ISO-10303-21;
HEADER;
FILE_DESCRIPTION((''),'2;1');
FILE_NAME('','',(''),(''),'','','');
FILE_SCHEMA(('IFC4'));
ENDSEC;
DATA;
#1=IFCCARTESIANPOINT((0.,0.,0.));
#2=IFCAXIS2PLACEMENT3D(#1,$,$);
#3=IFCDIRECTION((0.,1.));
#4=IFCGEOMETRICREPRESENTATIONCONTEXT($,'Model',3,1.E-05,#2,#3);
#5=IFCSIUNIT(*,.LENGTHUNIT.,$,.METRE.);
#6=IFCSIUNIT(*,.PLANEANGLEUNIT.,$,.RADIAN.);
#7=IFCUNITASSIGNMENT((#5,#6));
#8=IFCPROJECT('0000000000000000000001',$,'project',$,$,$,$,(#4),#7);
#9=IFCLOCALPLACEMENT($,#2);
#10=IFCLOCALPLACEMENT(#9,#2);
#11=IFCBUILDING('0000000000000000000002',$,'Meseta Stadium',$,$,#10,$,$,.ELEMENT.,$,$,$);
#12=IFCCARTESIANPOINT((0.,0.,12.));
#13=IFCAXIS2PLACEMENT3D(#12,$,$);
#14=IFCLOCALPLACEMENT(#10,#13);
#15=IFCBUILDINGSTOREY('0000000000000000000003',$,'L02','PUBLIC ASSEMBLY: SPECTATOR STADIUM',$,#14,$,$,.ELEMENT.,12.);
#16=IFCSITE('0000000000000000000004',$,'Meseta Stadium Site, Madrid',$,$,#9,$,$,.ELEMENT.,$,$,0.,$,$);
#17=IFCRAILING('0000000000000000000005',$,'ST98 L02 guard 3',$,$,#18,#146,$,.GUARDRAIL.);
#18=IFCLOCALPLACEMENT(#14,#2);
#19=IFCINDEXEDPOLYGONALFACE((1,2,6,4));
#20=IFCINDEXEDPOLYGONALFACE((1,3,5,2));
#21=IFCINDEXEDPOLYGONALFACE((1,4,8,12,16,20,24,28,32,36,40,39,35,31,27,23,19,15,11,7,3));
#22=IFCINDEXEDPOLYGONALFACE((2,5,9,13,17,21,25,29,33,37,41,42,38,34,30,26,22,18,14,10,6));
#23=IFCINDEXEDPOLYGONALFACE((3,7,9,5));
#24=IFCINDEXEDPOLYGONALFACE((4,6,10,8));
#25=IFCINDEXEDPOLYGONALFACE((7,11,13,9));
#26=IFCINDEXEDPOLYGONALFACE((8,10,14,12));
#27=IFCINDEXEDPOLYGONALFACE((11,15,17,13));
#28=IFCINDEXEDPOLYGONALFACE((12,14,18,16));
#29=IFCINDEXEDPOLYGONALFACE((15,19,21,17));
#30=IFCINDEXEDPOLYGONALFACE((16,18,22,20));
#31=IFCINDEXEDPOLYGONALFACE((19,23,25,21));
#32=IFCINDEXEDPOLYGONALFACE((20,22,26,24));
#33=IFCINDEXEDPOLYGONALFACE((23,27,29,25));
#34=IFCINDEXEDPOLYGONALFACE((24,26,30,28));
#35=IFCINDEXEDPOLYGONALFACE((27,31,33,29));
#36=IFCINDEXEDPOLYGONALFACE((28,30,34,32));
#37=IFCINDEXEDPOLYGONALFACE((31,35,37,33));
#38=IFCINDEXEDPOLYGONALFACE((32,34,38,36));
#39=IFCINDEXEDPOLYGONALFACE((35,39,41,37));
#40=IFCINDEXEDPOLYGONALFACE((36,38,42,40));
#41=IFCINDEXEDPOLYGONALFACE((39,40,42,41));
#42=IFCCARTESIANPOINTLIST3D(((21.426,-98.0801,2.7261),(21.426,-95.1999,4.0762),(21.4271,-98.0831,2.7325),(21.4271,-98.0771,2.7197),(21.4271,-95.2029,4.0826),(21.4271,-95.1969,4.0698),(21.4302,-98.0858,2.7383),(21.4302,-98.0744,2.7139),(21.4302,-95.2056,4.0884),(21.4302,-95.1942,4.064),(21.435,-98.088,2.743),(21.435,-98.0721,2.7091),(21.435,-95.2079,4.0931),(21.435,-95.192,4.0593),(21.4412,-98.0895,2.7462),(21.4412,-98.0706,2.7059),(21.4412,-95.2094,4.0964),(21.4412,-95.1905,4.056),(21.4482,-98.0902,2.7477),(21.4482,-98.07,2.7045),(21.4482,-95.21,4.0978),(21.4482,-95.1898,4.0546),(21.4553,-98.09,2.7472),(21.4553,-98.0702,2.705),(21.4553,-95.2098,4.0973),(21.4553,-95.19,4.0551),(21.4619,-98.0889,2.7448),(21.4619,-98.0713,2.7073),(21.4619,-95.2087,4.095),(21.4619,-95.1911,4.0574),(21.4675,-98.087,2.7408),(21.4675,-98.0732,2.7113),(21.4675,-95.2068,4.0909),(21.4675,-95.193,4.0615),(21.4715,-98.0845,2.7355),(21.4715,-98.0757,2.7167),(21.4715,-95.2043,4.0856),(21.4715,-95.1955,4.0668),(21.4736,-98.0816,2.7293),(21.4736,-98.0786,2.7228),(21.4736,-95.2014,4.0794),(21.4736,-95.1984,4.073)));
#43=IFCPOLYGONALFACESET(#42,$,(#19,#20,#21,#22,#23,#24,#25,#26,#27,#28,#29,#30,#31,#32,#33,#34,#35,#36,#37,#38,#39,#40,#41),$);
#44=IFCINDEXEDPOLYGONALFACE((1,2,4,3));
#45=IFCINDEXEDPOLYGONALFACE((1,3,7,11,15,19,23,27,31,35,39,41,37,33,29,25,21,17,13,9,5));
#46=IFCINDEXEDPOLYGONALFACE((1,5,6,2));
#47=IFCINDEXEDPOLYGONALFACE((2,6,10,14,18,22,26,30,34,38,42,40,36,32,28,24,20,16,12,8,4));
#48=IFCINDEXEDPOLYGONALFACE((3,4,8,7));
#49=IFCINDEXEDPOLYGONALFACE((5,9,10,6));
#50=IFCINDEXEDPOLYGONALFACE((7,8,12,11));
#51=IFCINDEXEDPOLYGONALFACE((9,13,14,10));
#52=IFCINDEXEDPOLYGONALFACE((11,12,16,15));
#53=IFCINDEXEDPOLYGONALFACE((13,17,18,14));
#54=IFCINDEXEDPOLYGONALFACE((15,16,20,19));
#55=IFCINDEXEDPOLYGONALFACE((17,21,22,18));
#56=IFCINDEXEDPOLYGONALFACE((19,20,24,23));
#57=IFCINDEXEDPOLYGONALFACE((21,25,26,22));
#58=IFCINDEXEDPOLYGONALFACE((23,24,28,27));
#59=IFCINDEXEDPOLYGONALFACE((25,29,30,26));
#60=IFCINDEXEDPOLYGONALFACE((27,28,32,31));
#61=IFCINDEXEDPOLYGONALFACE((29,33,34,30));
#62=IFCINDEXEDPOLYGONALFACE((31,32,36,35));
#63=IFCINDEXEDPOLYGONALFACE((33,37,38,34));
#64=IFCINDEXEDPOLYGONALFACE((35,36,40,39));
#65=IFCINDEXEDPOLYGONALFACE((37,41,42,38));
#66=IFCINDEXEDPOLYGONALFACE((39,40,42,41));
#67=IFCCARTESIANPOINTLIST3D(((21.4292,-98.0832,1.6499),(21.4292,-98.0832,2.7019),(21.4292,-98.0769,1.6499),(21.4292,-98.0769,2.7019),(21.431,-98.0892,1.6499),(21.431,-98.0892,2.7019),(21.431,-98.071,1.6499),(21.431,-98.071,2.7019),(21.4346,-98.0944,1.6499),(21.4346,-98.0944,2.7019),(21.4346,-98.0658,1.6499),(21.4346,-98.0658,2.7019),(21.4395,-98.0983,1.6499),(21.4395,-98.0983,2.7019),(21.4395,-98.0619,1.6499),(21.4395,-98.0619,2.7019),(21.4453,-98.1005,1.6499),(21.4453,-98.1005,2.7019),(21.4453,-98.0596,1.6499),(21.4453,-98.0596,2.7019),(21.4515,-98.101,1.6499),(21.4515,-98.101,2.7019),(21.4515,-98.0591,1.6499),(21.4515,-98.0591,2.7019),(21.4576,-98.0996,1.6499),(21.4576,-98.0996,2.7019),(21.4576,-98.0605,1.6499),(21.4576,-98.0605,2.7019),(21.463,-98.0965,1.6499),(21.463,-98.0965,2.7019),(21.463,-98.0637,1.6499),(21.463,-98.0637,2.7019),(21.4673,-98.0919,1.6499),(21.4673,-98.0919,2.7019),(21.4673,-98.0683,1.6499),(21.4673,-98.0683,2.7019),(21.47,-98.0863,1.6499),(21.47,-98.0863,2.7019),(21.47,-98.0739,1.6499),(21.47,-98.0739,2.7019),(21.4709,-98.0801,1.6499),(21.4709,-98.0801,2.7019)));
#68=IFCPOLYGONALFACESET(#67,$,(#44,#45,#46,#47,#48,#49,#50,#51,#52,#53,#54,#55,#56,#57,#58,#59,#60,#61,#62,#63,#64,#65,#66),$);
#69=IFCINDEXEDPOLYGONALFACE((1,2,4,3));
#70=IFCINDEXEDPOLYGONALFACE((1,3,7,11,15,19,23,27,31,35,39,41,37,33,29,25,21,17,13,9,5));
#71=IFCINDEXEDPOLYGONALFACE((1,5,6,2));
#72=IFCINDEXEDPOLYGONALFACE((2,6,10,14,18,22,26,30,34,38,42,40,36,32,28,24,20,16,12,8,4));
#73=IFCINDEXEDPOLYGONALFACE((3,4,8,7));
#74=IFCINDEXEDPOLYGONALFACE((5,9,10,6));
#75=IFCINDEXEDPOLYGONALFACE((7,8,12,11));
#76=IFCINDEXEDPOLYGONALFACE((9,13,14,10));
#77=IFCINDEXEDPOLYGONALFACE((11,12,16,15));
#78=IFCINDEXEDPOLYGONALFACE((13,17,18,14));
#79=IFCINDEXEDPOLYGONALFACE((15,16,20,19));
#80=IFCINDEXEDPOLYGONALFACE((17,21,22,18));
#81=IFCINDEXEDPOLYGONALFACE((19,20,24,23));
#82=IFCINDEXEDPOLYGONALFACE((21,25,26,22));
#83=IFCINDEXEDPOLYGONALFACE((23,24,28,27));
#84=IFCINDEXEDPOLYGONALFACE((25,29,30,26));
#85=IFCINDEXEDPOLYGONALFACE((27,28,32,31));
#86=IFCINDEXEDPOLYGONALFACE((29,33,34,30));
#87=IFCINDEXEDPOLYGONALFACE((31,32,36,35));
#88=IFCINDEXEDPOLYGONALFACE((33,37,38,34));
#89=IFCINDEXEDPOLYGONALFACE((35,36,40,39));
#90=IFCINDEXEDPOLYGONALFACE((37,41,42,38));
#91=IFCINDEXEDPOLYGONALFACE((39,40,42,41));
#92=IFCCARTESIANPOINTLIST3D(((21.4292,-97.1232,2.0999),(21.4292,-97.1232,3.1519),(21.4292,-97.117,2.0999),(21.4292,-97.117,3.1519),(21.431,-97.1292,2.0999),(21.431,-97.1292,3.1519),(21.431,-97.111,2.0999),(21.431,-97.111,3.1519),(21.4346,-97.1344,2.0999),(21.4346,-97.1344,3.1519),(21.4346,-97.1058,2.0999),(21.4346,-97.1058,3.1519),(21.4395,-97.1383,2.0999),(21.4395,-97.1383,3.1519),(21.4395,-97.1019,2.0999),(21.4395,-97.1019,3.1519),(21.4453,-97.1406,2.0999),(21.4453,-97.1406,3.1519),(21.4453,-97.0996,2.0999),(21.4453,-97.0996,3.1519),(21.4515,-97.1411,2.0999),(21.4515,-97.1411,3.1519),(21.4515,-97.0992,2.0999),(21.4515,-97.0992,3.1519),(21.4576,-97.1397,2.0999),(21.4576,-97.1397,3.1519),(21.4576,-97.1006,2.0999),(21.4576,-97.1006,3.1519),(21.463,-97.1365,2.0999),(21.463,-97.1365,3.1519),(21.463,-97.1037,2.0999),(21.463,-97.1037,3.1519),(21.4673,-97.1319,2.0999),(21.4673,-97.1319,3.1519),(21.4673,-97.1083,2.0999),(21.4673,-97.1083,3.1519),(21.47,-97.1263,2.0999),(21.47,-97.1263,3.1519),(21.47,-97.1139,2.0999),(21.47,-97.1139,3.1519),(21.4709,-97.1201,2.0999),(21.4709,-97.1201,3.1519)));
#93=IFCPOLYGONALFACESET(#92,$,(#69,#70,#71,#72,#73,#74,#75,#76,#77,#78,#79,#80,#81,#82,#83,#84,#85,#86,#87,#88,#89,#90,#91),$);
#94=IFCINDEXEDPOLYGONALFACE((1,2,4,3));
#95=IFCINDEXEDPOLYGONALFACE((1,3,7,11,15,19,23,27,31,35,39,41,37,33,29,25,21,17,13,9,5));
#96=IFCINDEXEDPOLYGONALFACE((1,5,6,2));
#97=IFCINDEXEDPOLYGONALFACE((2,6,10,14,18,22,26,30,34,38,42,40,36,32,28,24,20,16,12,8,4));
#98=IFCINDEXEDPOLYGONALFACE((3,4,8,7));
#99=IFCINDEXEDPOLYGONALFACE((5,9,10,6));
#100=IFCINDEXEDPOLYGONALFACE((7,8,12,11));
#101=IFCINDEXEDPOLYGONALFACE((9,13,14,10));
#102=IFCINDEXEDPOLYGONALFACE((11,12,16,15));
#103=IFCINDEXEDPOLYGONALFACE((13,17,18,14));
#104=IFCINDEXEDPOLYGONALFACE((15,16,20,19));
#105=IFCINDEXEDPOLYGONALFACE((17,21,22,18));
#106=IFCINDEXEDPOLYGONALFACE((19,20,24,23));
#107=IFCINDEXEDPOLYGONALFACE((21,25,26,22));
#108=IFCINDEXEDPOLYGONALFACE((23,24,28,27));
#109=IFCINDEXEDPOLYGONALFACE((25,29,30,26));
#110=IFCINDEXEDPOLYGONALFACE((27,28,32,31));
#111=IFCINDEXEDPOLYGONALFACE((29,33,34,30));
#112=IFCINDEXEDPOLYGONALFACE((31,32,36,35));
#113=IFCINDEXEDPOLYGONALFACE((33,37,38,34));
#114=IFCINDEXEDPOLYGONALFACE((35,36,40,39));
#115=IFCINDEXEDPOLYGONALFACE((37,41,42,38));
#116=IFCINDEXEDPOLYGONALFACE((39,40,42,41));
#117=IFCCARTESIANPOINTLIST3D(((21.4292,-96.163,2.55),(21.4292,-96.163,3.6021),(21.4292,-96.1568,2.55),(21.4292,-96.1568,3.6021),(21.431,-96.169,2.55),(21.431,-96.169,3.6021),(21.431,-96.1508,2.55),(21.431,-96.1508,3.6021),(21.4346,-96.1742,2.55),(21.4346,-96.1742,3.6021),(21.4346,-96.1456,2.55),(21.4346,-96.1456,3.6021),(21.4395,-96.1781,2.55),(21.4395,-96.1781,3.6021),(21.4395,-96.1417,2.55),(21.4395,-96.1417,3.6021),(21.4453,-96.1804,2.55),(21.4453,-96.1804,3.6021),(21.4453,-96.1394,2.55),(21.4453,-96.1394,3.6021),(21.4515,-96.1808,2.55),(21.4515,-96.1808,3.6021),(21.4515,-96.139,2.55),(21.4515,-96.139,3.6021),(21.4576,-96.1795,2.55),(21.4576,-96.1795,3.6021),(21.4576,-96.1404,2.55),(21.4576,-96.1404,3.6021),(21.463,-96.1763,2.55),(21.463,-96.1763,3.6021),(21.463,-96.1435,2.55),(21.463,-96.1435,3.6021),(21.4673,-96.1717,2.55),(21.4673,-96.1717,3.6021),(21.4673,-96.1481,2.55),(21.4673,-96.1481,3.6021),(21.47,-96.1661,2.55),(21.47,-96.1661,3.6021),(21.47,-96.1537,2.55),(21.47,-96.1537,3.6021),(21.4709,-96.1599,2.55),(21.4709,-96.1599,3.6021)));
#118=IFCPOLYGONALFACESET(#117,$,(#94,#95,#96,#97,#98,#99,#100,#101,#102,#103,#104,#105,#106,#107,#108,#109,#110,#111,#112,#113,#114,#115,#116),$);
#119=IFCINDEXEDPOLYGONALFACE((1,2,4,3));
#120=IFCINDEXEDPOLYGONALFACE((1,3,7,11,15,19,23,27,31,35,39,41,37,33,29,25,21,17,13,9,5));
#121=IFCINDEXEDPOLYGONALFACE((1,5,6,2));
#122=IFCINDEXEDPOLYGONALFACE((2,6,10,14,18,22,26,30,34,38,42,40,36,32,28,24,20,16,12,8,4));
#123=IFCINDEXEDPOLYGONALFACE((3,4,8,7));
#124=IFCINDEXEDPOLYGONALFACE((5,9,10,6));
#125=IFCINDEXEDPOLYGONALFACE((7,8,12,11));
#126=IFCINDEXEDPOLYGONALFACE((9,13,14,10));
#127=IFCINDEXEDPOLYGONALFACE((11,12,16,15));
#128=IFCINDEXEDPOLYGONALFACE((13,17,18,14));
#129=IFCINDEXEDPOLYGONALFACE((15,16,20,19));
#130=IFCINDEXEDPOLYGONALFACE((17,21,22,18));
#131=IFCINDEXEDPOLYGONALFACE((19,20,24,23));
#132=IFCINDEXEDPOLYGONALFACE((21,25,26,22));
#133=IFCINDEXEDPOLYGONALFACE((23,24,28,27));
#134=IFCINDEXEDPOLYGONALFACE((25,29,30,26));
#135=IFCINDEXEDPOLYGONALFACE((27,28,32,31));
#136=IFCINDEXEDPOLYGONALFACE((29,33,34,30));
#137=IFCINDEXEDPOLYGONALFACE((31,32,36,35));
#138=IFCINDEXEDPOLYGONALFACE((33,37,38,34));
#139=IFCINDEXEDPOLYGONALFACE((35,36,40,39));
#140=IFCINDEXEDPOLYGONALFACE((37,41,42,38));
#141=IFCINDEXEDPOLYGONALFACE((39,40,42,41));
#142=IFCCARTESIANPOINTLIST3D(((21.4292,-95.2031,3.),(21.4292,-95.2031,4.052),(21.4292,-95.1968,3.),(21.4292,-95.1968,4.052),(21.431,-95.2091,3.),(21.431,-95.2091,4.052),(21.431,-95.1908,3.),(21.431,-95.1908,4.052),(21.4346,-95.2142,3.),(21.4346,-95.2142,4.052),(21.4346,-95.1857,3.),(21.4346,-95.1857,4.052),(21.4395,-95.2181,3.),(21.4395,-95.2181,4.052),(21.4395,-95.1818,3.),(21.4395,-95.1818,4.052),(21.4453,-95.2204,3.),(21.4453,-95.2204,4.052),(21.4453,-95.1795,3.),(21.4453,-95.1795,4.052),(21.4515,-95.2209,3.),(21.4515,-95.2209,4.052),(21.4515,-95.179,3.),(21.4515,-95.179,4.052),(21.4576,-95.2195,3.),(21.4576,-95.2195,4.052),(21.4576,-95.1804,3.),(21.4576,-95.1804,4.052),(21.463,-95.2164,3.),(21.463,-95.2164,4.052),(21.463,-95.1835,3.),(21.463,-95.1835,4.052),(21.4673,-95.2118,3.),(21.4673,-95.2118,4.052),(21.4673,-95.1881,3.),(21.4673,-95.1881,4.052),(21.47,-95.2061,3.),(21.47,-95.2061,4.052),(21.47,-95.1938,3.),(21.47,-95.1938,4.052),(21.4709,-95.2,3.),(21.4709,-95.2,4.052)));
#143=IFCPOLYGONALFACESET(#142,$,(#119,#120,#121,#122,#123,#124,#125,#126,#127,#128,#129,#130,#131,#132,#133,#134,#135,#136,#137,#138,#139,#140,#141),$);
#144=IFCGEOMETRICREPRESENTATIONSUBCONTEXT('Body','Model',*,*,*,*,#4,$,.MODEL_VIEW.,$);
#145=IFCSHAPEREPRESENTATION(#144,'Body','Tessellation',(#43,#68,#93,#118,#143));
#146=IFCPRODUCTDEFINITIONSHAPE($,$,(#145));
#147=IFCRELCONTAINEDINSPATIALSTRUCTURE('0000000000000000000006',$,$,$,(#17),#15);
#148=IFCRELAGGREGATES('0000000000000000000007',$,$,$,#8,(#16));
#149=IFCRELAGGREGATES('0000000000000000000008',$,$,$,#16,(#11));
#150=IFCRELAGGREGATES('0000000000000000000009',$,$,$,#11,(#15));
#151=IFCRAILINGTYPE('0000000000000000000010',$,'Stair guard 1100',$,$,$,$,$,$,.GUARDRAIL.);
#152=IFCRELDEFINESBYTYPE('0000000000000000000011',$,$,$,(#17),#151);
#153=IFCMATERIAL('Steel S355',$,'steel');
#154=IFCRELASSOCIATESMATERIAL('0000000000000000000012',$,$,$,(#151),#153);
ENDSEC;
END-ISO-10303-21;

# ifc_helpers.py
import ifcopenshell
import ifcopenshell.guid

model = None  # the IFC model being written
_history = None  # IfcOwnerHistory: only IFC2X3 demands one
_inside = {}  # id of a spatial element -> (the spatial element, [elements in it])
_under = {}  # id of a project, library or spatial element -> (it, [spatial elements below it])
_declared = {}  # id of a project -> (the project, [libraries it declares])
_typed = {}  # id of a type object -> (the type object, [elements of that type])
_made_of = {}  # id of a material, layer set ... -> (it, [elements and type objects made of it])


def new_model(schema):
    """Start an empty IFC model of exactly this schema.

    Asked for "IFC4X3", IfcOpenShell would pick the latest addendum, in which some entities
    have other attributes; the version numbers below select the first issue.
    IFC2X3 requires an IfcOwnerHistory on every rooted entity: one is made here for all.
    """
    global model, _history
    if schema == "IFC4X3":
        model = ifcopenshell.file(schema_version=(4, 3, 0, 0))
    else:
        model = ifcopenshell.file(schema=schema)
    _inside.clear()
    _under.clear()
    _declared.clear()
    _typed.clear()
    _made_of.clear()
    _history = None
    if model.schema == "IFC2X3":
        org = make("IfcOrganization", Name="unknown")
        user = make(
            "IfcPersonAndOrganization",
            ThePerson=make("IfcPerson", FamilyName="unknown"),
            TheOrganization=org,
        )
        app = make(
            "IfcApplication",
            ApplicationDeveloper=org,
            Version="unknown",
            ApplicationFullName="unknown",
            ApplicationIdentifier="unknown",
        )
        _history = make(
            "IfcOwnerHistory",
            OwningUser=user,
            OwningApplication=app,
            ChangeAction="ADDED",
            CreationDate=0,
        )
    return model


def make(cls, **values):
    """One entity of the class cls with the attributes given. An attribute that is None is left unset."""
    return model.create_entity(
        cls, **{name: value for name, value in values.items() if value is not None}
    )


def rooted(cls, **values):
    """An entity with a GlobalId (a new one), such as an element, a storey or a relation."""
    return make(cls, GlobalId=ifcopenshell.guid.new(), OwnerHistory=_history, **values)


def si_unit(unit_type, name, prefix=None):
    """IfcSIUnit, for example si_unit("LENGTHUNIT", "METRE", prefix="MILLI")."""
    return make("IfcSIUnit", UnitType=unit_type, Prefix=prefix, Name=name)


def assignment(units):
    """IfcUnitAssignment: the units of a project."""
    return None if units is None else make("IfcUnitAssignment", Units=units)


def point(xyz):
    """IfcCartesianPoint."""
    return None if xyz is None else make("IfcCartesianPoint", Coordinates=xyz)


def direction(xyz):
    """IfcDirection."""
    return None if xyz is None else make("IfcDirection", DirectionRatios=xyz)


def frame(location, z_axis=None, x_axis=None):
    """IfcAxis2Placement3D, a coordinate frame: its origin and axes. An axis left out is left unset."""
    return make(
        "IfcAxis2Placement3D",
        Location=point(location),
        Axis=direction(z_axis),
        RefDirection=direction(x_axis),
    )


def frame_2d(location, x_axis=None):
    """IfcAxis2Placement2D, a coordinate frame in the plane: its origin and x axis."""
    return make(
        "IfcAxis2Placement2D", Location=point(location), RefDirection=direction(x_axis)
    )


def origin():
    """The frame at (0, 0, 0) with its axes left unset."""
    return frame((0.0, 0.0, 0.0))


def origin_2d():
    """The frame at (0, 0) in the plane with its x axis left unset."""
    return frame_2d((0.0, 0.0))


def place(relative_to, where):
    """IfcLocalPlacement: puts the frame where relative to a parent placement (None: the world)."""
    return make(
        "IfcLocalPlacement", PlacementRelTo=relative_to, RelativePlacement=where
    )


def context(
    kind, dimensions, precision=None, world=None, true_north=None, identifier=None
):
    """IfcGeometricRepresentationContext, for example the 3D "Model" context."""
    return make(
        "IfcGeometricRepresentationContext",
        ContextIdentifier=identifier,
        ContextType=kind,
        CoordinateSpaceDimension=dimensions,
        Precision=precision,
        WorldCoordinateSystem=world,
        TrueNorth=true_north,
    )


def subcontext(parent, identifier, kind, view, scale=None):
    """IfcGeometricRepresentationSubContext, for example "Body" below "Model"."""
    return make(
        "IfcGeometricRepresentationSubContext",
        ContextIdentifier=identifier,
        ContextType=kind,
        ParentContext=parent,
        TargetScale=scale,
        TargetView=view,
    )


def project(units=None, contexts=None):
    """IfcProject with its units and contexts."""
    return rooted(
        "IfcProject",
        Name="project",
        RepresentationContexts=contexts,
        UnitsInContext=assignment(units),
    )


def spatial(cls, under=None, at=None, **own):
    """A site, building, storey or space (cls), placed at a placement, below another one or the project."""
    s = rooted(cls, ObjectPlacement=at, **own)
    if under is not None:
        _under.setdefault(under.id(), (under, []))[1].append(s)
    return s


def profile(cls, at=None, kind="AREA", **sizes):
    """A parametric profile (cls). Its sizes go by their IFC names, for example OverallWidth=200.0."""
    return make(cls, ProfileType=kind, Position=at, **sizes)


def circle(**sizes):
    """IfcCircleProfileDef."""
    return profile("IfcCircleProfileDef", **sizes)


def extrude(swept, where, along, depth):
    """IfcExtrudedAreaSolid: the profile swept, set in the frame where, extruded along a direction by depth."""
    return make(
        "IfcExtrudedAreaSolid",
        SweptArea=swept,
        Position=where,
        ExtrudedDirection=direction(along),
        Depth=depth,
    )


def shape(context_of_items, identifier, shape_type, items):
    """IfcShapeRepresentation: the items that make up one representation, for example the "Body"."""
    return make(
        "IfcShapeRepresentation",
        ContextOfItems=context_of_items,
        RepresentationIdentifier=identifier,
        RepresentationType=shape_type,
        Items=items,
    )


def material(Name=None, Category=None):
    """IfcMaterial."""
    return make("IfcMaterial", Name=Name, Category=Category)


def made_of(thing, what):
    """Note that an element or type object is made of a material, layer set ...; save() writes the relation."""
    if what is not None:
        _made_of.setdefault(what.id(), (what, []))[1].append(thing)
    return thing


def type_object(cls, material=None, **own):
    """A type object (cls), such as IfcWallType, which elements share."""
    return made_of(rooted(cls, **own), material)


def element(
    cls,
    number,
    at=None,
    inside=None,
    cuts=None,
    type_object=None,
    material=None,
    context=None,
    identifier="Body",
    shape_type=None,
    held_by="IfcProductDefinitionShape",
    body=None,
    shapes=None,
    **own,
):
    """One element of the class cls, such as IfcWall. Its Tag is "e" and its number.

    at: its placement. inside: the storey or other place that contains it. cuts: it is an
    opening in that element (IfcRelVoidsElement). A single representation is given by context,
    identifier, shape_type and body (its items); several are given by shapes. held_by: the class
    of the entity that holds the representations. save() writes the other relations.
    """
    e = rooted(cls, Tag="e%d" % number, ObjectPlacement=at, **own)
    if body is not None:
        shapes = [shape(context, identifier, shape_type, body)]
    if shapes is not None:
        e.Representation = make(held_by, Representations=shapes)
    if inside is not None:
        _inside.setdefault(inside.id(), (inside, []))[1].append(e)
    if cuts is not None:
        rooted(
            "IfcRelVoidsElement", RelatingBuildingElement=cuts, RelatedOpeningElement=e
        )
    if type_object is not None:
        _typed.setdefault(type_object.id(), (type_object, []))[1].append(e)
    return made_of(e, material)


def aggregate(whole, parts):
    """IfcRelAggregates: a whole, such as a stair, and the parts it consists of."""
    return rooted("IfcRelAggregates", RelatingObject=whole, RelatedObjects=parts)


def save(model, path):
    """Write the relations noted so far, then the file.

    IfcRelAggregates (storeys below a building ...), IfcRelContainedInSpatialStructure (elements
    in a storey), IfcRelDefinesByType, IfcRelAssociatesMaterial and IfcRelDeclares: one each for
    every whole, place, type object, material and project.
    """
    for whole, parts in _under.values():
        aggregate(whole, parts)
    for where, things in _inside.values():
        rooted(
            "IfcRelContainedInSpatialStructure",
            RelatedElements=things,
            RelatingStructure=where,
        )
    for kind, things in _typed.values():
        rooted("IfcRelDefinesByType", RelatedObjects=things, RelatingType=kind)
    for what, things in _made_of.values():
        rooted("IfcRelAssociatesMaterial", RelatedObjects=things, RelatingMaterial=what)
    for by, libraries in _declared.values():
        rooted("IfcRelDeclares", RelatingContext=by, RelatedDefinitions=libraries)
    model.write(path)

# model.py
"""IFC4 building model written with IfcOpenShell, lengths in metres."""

from ifc_helpers import new_model, si_unit, direction, frame, origin, origin_2d, place, context, subcontext, project, spatial, circle, extrude, material, type_object, element, save


model = new_model("IFC4")

# Units and contexts
model_context = context("Model", 3, precision=1e-05, world=origin(), true_north=direction((0.0, 1.0)))
body_context = subcontext(model_context, "Body", "Model", "MODEL_VIEW")
ifc_project = project(units=[si_unit("LENGTHUNIT", "METRE"), si_unit("PLANEANGLEUNIT", "RADIAN")], contexts=[model_context])

# Site, building, storey
site_placement = place(None, origin())
site = spatial("IfcSite", under=ifc_project, at=site_placement, Name="Meseta Stadium Site, Madrid", CompositionType="ELEMENT", RefElevation=0.0)
building_placement = place(site_placement, origin())
building = spatial("IfcBuilding", under=site, at=building_placement, Name="Meseta Stadium", CompositionType="ELEMENT")
storey_placement = place(building_placement, frame((0.0, 0.0, 12.0)))
storey = spatial("IfcBuildingStorey", under=building, at=storey_placement, Name="L02", Description="PUBLIC ASSEMBLY: SPECTATOR STADIUM", CompositionType="ELEMENT", Elevation=12.0)

# Railing
ifc_material_1 = material(Name="Steel S355", Category="steel")
railing_type_1 = type_object("IfcRailingType", Name="Stair guard 1100", PredefinedType="GUARDRAIL", material=ifc_material_1)
railing_1_placement = place(storey_placement, frame((21.45, -98.0801, 1.6499)))
element("IfcRailing", 1, at=railing_1_placement, inside=storey, type_object=railing_type_1, Name="ST98 L02 guard 3", PredefinedType="GUARDRAIL", context=body_context, shape_type="SweptSolid", body=[
    extrude(circle(Radius=0.0239, at=origin_2d()), frame((0.0, 0.0, 1.0762), z_axis=(0.0, 0.905454, 0.424444), x_axis=(-1.0, 0.0, 0.0)), (0.0, 0.0, 1.0), 3.1809),
    extrude(circle(Radius=0.021, at=origin_2d()), origin(), (0.0, 0.0, 1.0), 1.052),
    extrude(circle(Radius=0.021, at=origin_2d()), frame((0.0, 0.96, 0.45)), (0.0, 0.0, 1.0), 1.052),
    extrude(circle(Radius=0.021, at=origin_2d()), frame((0.0, 1.9202, 0.9001)), (0.0, 0.0, 1.0), 1.052),
    extrude(circle(Radius=0.021, at=origin_2d()), frame((0.0, 2.8801, 1.3501)), (0.0, 0.0, 1.0), 1.052),
])

save(model, "model.ifc")
